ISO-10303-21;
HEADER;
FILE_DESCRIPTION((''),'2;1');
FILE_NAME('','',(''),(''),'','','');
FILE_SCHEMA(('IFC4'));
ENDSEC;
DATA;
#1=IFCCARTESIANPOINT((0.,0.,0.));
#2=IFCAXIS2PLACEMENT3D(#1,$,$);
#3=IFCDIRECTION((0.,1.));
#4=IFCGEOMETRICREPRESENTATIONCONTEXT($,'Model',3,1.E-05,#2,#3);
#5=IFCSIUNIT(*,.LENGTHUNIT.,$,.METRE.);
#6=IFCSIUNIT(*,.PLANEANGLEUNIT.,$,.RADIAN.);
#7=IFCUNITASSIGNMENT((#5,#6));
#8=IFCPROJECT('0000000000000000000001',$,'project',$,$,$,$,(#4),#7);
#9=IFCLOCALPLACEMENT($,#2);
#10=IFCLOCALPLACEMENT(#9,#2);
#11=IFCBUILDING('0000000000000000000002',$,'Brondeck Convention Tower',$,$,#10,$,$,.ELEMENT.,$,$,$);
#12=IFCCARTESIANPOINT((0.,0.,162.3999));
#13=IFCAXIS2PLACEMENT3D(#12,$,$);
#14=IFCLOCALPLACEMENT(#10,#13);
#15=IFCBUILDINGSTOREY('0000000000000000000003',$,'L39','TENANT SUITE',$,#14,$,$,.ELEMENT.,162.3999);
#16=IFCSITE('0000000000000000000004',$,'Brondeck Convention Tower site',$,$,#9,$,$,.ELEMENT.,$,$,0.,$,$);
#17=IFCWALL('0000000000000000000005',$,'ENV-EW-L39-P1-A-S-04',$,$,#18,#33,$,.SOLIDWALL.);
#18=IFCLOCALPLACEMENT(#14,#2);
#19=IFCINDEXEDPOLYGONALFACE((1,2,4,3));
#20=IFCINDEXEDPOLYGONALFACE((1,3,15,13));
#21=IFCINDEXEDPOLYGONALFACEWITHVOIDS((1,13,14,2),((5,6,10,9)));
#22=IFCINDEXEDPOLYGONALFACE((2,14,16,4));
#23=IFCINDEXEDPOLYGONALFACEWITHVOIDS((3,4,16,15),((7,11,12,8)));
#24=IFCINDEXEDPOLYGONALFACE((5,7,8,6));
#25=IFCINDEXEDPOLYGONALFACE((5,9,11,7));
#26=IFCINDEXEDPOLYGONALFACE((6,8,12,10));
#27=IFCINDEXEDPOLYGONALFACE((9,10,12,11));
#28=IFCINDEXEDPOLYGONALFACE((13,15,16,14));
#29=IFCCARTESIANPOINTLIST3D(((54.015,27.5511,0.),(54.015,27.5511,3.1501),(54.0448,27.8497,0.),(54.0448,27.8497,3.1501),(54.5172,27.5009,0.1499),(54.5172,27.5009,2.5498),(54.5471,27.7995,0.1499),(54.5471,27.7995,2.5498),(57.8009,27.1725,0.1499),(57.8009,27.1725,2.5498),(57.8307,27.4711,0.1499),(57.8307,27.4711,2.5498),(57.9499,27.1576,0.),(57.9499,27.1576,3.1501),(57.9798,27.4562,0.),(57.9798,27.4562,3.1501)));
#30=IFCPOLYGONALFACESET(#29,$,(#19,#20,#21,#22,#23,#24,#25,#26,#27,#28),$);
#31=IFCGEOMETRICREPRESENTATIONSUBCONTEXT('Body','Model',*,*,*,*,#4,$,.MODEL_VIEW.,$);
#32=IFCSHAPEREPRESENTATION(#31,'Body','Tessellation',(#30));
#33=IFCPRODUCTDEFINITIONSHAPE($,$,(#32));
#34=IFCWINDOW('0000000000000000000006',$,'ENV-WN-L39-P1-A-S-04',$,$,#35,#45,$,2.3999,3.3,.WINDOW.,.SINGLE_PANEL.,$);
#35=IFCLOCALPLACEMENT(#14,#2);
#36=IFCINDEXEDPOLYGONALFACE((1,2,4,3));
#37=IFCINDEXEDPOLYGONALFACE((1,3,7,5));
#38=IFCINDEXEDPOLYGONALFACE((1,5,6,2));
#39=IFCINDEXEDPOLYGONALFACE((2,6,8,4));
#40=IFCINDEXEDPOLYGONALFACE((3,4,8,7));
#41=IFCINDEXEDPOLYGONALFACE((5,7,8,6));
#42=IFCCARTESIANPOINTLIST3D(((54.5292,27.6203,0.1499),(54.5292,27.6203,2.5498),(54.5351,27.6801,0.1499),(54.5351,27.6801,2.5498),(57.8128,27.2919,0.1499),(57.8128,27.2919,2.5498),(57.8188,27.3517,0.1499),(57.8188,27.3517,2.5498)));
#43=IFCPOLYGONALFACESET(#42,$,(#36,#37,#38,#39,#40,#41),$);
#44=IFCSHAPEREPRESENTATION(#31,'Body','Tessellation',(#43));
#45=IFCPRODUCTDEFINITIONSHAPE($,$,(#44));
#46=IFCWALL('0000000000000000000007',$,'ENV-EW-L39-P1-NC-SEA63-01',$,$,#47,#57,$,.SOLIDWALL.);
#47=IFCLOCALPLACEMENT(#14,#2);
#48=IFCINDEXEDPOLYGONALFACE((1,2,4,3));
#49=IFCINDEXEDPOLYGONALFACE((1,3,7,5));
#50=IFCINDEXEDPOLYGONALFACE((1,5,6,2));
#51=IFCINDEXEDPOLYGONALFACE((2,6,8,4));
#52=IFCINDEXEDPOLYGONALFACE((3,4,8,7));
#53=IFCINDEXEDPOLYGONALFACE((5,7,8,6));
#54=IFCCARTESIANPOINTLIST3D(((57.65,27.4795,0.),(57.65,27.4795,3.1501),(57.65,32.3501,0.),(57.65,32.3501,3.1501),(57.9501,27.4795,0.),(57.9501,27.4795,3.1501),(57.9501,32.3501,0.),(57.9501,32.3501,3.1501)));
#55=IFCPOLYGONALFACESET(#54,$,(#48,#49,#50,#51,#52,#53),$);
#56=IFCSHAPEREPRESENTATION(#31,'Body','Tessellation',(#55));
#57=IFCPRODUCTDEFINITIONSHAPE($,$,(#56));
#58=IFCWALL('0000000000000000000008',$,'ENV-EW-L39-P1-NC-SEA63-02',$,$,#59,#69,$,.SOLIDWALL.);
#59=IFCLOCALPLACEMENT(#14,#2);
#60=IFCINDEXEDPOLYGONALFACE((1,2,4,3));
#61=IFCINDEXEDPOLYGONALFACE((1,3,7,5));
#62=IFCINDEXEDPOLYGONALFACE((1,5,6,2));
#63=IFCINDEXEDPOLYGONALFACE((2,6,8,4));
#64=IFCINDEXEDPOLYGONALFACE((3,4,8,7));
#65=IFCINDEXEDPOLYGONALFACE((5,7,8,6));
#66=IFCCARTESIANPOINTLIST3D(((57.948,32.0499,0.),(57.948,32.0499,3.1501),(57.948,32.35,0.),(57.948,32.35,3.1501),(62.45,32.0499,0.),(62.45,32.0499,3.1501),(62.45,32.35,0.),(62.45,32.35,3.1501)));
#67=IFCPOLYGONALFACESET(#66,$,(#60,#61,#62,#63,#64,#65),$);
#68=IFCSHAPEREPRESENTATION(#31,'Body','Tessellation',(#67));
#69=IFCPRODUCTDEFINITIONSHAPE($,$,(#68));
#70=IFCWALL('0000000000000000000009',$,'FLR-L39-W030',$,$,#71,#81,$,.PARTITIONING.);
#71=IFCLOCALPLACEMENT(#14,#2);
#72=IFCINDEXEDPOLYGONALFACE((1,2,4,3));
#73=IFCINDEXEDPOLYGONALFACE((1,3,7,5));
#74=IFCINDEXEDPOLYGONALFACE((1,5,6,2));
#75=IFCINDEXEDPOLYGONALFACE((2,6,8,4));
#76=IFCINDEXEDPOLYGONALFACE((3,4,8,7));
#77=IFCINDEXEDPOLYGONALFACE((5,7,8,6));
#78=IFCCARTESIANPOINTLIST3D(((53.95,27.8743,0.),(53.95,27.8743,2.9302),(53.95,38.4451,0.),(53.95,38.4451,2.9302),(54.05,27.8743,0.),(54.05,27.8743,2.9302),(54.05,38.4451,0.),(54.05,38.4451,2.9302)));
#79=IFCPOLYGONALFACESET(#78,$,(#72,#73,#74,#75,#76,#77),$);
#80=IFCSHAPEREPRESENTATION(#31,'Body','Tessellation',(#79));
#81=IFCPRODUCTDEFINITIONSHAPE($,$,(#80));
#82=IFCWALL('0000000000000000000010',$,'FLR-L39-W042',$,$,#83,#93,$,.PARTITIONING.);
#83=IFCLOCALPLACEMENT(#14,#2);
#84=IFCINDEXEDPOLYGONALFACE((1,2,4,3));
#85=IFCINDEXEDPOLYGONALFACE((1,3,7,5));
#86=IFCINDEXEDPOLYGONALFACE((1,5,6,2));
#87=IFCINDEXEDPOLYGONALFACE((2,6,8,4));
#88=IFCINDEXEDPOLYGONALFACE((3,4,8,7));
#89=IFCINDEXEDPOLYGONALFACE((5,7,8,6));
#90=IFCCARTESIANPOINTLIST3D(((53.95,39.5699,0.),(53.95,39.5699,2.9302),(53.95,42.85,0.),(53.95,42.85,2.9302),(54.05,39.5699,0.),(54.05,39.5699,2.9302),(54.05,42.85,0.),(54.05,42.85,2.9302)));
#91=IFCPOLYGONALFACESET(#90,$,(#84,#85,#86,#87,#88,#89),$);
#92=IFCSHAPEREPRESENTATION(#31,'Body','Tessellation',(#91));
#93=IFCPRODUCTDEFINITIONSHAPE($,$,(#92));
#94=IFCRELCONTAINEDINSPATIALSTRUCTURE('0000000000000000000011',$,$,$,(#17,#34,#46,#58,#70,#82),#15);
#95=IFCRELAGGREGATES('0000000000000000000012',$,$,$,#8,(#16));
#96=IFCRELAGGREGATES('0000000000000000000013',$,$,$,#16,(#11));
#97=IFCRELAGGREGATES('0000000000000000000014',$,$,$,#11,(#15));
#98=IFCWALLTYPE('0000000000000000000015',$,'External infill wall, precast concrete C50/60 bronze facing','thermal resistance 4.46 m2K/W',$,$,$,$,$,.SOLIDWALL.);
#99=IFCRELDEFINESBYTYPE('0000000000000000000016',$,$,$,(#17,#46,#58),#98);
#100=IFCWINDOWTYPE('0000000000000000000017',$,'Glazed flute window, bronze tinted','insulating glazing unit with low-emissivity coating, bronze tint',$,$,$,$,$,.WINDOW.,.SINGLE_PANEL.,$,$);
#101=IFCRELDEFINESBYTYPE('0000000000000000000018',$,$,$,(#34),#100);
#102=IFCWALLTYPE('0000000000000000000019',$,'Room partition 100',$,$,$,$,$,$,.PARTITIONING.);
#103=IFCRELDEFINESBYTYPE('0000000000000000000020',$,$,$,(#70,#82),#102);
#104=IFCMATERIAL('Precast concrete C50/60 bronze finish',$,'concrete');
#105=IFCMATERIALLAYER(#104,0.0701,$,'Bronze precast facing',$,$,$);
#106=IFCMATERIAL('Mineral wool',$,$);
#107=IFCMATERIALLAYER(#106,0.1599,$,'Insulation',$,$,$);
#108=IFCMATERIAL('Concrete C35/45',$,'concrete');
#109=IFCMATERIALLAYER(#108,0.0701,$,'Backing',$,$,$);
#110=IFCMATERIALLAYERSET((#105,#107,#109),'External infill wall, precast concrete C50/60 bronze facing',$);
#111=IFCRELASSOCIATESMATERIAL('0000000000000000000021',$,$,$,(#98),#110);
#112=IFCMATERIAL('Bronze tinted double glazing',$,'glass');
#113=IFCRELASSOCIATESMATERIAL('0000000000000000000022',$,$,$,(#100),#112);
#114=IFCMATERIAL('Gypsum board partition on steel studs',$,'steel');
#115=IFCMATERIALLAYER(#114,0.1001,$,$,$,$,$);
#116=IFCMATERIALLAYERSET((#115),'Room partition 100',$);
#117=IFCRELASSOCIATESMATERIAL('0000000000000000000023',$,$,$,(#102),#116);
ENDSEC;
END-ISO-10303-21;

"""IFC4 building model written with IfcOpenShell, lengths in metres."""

from ifc_helpers import new_model, si_unit, direction, frame, frame_2d, origin, place, context, subcontext, project, spatial, rectangle, extrude, material, layer, layer_set, type_object, element, fill, save


model = new_model("IFC4")

# Units and contexts
model_context = context("Model", 3, precision=1e-05, world=origin(), true_north=direction((0.0, 1.0)))
body_context = subcontext(model_context, "Body", "Model", "MODEL_VIEW")
ifc_project = project(units=[si_unit("LENGTHUNIT", "METRE"), si_unit("PLANEANGLEUNIT", "RADIAN")], contexts=[model_context])

# Site, building, storey
site_placement = place(None, origin())
site = spatial("IfcSite", under=ifc_project, at=site_placement, Name="Brondeck Convention Tower site", CompositionType="ELEMENT", RefElevation=0.0)
building_placement = place(site_placement, origin())
building = spatial("IfcBuilding", under=site, at=building_placement, Name="Brondeck Convention Tower", CompositionType="ELEMENT")
storey_placement = place(building_placement, frame((0.0, 0.0, 162.3999)))
storey = spatial("IfcBuildingStorey", under=building, at=storey_placement, Name="L39", Description="TENANT SUITE", CompositionType="ELEMENT", Elevation=162.3999)

# Shared definitions
ifc_material_1 = material(Name="Precast concrete C50/60 bronze finish", Category="concrete")
ifc_layer_1 = layer(ifc_material_1, 0.0701, Name="Bronze precast facing")
ifc_material_2 = material(Name="Mineral wool")
ifc_layer_2 = layer(ifc_material_2, 0.1599, Name="Insulation")
ifc_material_3 = material(Name="Concrete C35/45", Category="concrete")
ifc_layer_3 = layer(ifc_material_3, 0.0701, Name="Backing")
ifc_layer_set_1 = layer_set([ifc_layer_1, ifc_layer_2, ifc_layer_3], Name="External infill wall, precast concrete C50/60 bronze facing")
wall_type_1 = type_object("IfcWallType", Name="External infill wall, precast concrete C50/60 bronze facing", Description="thermal resistance 4.46 m2K/W", PredefinedType="SOLIDWALL", material=ifc_layer_set_1)
ifc_material_4 = material(Name="Bronze tinted double glazing", Category="glass")
window_type_1 = type_object("IfcWindowType", Name="Glazed flute window, bronze tinted", Description="insulating glazing unit with low-emissivity coating, bronze tint", PartitioningType="SINGLE_PANEL", PredefinedType="WINDOW", material=ifc_material_4)

# Wall, opening, window
wall_1_placement = place(storey_placement, frame((57.9648, 27.3069, 0.0), z_axis=(0.0, 0.0, 1.0), x_axis=(-0.995036, 0.099516, 0.0)))
wall_1 = element("IfcWall", 1, at=wall_1_placement, inside=storey, type_object=wall_type_1, Name="ENV-EW-L39-P1-A-S-04", PredefinedType="SOLIDWALL", context=body_context, shape_type="SweptSolid", body=[
    extrude(rectangle(XDim=3.9546, YDim=0.3, at=frame_2d((1.9773, 0.0))), origin(), (0.0, 0.0, 1.0), 3.1501),
])
opening_1_placement = place(wall_1_placement, frame((0.1499, 0.0, 0.1499)))
opening_1 = element("IfcOpeningElement", 2, at=opening_1_placement, cuts=wall_1, PredefinedType="OPENING", context=body_context, shape_type="SweptSolid", body=[
    extrude(rectangle(XDim=3.3, YDim=2.3999, at=frame_2d((1.6499, 1.2))), frame((0.0, 0.1599, 0.0), z_axis=(0.0, -1.0, 0.0), x_axis=(1.0, 0.0, 0.0)), (0.0, 0.0, 1.0), 0.3201),
])
window_1_placement = place(opening_1_placement, origin())
window_1 = element("IfcWindow", 3, at=window_1_placement, inside=storey, type_object=window_type_1, Name="ENV-WN-L39-P1-A-S-04", OverallHeight=2.3999, OverallWidth=3.3, PartitioningType="SINGLE_PANEL", PredefinedType="WINDOW", context=body_context, shape_type="SweptSolid", body=[
    extrude(rectangle(XDim=3.3, YDim=2.3999, at=frame_2d((1.6499, 1.2))), frame((0.0, 0.03, 0.0), z_axis=(0.0, -1.0, 0.0), x_axis=(1.0, 0.0, 0.0)), (0.0, 0.0, 1.0), 0.0601),
])
fill(opening_1, window_1)

# Walls
wall_2_placement = place(storey_placement, frame((57.8, 32.3501, 0.0), z_axis=(0.0, 0.0, 1.0), x_axis=(0.0, -1.0, 0.0)))
element("IfcWall", 4, at=wall_2_placement, inside=storey, type_object=wall_type_1, Name="ENV-EW-L39-P1-NC-SEA63-01", PredefinedType="SOLIDWALL", context=body_context, shape_type="SweptSolid", body=[
    extrude(rectangle(XDim=4.8706, YDim=0.3, at=frame_2d((2.4353, 0.0))), origin(), (0.0, 0.0, 1.0), 3.1501),
])
wall_3_placement = place(storey_placement, frame((62.45, 32.2, 0.0), z_axis=(0.0, 0.0, 1.0), x_axis=(-1.0, 0.0, 0.0)))
element("IfcWall", 5, at=wall_3_placement, inside=storey, type_object=wall_type_1, Name="ENV-EW-L39-P1-NC-SEA63-02", PredefinedType="SOLIDWALL", context=body_context, shape_type="SweptSolid", body=[
    extrude(rectangle(XDim=4.502, YDim=0.3, at=frame_2d((2.251, 0.0))), origin(), (0.0, 0.0, 1.0), 3.1501),
])
ifc_material_5 = material(Name="Gypsum board partition on steel studs", Category="steel")
ifc_layer_4 = layer(ifc_material_5, 0.1001)
ifc_layer_set_2 = layer_set([ifc_layer_4], Name="Room partition 100")
wall_type_2 = type_object("IfcWallType", Name="Room partition 100", PredefinedType="PARTITIONING", material=ifc_layer_set_2)
wall_4_placement = place(storey_placement, frame((54.0, 27.8743, 0.0), z_axis=(0.0, 0.0, 1.0), x_axis=(0.0, 1.0, 0.0)))
element("IfcWall", 6, at=wall_4_placement, inside=storey, type_object=wall_type_2, Name="FLR-L39-W030", PredefinedType="PARTITIONING", context=body_context, shape_type="SweptSolid", body=[
    extrude(rectangle(XDim=10.5708, YDim=0.1001, at=frame_2d((5.2854, 0.0))), origin(), (0.0, 0.0, 1.0), 2.9302),
])
wall_5_placement = place(storey_placement, frame((54.0, 42.8501, 0.0), z_axis=(0.0, 0.0, 1.0), x_axis=(0.0, -1.0, 0.0)))
element("IfcWall", 7, at=wall_5_placement, inside=storey, type_object=wall_type_2, Name="FLR-L39-W042", PredefinedType="PARTITIONING", context=body_context, shape_type="SweptSolid", body=[
    extrude(rectangle(XDim=3.28, YDim=0.1001, at=frame_2d((1.6401, 0.0))), origin(), (0.0, 0.0, 1.0), 2.9302),
])

save(model, "model.ifc")
